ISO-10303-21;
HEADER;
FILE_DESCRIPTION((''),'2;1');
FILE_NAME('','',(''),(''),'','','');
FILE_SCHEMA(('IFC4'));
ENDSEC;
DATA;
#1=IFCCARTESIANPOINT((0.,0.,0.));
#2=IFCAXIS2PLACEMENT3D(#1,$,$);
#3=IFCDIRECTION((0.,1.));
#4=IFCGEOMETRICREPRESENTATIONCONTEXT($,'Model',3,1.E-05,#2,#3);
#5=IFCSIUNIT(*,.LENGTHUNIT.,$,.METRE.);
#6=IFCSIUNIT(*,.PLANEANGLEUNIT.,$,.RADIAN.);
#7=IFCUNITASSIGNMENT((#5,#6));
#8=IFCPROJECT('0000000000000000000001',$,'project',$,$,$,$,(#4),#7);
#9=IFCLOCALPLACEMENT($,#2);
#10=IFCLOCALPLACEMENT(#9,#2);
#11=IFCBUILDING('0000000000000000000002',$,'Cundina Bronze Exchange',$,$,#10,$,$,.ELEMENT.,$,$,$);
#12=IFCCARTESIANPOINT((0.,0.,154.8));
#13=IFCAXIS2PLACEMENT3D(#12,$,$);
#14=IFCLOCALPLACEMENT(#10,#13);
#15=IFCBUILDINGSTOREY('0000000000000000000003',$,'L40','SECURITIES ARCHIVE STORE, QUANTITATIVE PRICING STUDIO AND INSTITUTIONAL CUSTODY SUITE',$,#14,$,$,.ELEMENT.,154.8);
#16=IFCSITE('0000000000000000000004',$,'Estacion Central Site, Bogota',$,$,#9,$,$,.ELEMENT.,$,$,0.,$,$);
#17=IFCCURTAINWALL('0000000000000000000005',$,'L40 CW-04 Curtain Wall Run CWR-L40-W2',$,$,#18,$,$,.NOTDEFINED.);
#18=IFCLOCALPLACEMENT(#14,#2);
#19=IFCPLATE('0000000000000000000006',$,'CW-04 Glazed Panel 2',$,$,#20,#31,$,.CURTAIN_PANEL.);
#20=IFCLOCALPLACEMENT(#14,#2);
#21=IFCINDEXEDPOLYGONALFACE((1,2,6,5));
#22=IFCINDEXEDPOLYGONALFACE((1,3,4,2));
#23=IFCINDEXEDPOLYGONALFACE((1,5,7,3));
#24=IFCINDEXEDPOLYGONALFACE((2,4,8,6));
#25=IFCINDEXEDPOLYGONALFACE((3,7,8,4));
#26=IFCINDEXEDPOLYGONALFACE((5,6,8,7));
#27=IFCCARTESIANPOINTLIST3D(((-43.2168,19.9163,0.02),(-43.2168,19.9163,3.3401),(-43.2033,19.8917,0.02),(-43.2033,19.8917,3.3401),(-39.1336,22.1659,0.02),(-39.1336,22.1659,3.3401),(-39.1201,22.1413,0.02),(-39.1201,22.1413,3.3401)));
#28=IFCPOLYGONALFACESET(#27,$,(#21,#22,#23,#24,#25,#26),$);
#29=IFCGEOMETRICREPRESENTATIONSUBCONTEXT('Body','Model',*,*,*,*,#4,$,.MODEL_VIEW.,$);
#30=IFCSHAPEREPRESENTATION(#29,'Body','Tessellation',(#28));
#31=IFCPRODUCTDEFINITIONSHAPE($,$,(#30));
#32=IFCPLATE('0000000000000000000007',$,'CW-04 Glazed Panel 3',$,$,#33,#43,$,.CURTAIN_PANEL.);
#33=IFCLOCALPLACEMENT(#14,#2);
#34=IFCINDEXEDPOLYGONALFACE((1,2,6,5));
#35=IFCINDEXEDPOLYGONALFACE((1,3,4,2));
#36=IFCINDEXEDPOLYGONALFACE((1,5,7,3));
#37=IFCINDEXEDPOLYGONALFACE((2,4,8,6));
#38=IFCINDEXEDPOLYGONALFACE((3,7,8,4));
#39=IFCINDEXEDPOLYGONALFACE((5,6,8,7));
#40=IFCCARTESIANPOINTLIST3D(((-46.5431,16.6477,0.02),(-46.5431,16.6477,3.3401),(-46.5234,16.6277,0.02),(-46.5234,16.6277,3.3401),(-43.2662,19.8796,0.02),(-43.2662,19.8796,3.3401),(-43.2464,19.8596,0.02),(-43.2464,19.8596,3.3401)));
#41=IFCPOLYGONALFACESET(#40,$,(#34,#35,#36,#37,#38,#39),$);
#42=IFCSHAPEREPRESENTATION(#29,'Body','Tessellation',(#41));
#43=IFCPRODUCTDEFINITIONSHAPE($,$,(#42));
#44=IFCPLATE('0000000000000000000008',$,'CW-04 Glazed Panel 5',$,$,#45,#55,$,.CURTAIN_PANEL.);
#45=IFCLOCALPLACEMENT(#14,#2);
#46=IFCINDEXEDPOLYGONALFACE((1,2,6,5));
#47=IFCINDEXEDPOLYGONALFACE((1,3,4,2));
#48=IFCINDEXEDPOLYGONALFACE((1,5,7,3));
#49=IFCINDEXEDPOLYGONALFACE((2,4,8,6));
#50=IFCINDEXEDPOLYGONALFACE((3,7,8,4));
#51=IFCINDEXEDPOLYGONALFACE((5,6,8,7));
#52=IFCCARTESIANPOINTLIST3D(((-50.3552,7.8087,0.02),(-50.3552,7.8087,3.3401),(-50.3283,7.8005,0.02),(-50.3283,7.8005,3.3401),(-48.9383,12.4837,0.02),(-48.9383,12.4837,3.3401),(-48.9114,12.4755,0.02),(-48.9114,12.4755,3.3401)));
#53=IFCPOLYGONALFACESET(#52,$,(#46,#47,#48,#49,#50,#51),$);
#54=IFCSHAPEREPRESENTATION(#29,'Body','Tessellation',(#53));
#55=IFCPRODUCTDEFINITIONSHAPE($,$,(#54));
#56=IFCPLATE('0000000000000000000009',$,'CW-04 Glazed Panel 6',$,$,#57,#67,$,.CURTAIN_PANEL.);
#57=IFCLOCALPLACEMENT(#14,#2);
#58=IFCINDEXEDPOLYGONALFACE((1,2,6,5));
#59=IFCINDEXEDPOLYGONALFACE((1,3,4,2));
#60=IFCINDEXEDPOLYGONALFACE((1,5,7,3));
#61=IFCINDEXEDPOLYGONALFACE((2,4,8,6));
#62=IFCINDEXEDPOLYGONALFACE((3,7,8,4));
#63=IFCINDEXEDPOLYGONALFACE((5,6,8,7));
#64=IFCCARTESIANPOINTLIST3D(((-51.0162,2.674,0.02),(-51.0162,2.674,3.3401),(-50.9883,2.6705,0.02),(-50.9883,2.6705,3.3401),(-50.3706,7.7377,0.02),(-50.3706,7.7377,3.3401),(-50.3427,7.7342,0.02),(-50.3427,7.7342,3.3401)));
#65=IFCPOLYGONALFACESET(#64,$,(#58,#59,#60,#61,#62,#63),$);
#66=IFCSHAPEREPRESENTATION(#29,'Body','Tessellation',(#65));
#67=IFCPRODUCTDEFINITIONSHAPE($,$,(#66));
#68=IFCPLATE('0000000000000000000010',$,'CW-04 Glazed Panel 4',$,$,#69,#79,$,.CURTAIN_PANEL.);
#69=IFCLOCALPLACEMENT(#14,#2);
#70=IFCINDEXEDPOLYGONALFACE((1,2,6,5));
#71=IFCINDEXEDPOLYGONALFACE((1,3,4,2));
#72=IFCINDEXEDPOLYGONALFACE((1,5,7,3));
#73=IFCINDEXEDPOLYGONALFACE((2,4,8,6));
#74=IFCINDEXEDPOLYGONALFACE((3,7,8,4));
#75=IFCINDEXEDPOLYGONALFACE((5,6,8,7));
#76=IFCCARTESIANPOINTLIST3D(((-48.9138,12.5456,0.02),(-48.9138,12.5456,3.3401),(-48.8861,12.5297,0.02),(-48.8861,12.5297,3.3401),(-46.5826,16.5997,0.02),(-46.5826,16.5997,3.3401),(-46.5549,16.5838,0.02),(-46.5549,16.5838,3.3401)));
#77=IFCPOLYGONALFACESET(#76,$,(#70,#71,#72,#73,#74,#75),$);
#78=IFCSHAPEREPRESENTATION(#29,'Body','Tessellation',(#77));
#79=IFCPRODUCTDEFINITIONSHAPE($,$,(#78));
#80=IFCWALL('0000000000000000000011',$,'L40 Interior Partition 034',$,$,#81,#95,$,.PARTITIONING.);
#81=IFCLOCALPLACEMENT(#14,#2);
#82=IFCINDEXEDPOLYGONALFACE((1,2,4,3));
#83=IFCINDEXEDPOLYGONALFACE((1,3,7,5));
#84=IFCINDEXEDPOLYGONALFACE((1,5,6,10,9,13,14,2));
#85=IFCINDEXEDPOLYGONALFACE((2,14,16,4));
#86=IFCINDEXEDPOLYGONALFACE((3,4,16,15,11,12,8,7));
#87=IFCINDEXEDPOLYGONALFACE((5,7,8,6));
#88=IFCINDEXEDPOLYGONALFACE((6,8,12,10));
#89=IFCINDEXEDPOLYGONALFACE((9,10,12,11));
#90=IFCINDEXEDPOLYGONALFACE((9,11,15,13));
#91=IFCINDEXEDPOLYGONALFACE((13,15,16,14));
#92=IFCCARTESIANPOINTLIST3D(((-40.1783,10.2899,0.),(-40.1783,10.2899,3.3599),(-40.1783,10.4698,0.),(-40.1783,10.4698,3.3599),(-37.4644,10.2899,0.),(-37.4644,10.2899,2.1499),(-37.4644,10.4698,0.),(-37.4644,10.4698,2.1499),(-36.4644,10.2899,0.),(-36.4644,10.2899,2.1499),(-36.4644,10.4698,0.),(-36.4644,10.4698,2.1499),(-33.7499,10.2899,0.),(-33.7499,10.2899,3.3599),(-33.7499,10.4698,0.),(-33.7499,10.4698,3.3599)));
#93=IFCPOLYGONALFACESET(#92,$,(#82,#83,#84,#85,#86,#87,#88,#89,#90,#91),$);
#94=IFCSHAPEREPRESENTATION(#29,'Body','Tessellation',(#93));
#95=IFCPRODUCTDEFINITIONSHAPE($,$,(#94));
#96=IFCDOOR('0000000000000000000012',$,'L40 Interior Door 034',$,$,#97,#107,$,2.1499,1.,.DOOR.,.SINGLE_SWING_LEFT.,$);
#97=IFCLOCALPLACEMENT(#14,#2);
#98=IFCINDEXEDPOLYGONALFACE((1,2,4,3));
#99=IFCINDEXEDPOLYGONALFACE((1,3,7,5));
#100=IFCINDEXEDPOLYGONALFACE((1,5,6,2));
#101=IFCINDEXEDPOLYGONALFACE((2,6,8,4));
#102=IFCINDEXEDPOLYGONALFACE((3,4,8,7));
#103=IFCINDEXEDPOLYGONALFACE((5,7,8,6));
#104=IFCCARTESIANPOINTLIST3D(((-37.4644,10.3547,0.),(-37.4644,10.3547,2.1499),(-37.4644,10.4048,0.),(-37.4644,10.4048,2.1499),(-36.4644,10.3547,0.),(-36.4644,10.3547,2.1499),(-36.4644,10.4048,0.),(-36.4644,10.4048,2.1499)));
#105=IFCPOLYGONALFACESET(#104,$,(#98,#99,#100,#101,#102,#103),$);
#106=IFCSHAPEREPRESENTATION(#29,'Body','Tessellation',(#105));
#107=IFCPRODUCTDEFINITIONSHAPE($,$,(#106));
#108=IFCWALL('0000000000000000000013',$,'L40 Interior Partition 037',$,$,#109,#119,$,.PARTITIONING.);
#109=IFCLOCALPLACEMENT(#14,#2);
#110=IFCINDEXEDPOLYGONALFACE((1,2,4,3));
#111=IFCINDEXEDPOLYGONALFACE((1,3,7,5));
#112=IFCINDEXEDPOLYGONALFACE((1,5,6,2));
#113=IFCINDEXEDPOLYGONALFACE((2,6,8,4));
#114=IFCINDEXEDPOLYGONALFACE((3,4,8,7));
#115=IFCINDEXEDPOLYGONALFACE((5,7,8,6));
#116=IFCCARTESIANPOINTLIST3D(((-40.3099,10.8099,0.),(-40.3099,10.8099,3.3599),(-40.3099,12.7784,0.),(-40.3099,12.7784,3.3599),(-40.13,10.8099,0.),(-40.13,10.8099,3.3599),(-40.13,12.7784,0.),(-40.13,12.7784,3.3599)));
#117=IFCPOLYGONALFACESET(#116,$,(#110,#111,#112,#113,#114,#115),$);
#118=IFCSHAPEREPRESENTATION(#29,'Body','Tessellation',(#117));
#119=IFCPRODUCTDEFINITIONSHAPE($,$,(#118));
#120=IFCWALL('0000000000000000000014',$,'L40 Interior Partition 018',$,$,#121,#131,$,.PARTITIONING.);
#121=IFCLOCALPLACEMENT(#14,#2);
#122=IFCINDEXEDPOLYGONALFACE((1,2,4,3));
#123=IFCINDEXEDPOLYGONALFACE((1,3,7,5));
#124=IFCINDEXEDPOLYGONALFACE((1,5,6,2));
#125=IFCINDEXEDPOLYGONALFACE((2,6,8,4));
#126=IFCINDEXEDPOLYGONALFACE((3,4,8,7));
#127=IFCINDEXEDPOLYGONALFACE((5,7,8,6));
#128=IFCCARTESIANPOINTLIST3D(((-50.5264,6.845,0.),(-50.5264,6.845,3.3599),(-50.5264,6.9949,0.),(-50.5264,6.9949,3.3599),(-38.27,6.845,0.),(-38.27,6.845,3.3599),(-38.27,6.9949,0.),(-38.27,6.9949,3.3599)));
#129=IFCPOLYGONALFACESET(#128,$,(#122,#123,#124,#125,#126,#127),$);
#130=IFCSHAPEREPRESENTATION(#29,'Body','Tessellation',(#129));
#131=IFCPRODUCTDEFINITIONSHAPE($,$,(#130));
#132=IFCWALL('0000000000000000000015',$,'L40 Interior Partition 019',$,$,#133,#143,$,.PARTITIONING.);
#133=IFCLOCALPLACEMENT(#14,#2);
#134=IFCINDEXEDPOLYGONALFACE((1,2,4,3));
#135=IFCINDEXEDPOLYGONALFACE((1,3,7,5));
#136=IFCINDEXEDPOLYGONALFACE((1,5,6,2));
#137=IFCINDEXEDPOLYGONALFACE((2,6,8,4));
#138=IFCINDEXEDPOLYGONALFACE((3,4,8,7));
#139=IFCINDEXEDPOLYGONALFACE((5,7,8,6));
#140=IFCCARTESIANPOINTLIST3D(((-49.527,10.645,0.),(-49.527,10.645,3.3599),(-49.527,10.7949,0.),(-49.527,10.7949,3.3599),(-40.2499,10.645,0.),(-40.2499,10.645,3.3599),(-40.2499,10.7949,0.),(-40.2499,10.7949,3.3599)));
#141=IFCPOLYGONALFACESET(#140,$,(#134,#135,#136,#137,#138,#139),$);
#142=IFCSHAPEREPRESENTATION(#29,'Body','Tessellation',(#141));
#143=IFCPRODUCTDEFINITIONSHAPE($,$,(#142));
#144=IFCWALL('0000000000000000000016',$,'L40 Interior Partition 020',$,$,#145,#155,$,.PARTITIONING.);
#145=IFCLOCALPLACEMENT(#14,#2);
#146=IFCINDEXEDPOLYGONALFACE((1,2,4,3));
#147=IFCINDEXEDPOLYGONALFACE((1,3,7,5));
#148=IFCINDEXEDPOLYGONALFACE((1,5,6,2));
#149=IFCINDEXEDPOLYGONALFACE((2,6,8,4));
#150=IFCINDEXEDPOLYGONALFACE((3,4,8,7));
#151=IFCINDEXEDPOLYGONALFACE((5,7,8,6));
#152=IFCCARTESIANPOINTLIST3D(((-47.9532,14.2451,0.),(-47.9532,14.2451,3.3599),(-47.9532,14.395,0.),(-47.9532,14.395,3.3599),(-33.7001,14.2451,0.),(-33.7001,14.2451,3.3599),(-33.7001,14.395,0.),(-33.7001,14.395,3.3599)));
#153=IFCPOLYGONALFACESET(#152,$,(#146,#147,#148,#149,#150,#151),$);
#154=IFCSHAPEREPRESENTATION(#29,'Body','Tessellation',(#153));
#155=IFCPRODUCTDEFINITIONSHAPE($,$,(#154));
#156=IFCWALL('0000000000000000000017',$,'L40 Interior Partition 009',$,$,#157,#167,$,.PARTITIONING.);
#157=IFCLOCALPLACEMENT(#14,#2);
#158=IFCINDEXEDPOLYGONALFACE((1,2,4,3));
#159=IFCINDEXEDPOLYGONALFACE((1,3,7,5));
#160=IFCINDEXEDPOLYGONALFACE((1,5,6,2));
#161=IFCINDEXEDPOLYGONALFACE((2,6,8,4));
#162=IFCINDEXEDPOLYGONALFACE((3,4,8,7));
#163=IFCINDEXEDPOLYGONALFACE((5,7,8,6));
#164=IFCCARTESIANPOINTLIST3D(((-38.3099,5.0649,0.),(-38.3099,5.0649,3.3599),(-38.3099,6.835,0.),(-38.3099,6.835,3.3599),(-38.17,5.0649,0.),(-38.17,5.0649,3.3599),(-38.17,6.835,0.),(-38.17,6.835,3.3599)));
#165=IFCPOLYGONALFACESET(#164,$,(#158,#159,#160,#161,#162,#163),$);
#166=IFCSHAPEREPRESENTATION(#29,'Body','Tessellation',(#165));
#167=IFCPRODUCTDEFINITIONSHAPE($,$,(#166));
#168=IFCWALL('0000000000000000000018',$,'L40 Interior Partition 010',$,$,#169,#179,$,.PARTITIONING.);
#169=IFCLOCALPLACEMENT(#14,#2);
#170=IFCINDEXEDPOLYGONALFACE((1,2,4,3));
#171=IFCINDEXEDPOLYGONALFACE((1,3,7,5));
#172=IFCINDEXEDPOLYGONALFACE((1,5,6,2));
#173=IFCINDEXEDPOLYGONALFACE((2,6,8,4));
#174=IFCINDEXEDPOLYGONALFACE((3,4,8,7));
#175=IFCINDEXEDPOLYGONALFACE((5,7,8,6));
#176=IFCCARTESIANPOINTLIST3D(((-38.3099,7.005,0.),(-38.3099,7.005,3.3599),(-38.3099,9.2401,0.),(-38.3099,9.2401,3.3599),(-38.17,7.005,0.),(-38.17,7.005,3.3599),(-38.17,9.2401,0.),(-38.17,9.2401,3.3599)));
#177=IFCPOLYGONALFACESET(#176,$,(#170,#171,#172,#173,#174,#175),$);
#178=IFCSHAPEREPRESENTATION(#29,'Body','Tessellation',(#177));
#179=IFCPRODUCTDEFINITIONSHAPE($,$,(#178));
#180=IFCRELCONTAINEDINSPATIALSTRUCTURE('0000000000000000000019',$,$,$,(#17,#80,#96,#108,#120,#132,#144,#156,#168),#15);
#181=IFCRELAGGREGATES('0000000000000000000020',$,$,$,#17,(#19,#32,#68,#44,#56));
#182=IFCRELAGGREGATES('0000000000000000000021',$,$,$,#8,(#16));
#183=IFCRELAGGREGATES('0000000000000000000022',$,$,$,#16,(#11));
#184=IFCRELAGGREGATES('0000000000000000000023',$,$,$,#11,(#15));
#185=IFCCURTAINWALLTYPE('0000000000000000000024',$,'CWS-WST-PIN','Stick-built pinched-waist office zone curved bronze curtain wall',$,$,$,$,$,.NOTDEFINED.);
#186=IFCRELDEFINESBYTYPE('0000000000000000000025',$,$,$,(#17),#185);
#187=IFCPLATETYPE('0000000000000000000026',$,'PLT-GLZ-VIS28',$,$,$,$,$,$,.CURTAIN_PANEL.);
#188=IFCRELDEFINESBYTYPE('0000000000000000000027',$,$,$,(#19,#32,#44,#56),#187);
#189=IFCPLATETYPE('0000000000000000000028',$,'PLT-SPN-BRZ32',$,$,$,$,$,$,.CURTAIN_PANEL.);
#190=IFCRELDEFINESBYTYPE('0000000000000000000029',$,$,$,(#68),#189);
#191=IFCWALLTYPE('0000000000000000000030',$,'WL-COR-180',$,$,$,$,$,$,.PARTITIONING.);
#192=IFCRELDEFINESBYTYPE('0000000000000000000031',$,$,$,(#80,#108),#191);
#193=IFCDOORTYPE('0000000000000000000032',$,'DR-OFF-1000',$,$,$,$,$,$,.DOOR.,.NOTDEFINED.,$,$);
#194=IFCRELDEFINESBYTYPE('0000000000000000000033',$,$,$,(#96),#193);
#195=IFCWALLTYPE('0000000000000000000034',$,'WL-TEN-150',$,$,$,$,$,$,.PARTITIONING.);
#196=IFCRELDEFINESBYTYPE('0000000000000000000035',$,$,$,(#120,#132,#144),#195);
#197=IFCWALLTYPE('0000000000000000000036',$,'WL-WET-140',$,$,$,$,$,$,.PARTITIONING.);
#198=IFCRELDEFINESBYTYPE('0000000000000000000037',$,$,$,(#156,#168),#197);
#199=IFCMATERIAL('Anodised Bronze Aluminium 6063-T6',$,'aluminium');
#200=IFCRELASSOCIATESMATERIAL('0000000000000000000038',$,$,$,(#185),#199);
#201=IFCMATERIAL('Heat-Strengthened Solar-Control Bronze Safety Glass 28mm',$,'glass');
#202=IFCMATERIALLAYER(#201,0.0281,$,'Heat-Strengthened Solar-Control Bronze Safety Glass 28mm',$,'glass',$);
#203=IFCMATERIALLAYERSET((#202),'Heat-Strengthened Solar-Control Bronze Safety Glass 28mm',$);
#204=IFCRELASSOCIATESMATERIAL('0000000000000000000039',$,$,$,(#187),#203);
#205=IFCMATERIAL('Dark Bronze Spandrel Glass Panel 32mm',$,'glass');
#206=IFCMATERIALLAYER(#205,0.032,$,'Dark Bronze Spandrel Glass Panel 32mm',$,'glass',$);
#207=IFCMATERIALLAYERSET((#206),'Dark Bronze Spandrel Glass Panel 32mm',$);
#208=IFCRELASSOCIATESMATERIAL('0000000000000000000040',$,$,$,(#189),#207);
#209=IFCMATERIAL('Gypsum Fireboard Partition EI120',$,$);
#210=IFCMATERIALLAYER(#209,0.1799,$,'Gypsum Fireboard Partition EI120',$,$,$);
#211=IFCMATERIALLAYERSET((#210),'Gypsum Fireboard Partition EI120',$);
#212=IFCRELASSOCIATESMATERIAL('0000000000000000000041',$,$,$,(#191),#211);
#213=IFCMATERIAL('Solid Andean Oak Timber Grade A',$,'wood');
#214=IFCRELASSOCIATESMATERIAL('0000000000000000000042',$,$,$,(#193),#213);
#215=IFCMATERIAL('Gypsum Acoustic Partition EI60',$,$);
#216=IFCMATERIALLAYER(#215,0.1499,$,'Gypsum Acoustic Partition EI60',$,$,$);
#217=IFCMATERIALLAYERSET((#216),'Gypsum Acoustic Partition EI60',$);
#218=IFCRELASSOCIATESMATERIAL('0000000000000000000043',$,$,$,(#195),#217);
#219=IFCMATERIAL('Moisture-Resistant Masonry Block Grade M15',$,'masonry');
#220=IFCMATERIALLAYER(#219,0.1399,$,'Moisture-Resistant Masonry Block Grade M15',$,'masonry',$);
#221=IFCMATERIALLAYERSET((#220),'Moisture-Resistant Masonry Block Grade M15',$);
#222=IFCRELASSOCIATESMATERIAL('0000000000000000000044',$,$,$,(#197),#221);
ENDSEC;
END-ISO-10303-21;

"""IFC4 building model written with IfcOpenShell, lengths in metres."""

from ifc_helpers import new_model, si_unit, direction, frame, frame_2d, origin, origin_2d, place, context, subcontext, project, spatial, rectangle, extrude, material, layer, layer_set, type_object, element, fill, aggregate, save


model = new_model("IFC4")

# Units and contexts
model_context = context("Model", 3, precision=1e-05, world=origin(), true_north=direction((0.0, 1.0)))
body_context = subcontext(model_context, "Body", "Model", "MODEL_VIEW")
ifc_project = project(units=[si_unit("LENGTHUNIT", "METRE"), si_unit("PLANEANGLEUNIT", "RADIAN")], contexts=[model_context])

# Site, building, storey
site_placement = place(None, origin())
site = spatial("IfcSite", under=ifc_project, at=site_placement, Name="Estacion Central Site, Bogota", CompositionType="ELEMENT", RefElevation=0.0)
building_placement = place(site_placement, origin())
building = spatial("IfcBuilding", under=site, at=building_placement, Name="Cundina Bronze Exchange", CompositionType="ELEMENT")
storey_placement = place(building_placement, frame((0.0, 0.0, 154.8)))
storey = spatial("IfcBuildingStorey", under=building, at=storey_placement, Name="L40", Description="SECURITIES ARCHIVE STORE, QUANTITATIVE PRICING STUDIO AND INSTITUTIONAL CUSTODY SUITE", CompositionType="ELEMENT", Elevation=154.8)

# Curtain wall, plates
ifc_material_1 = material(Name="Anodised Bronze Aluminium 6063-T6", Category="aluminium")
curtain_wall_type = type_object("IfcCurtainWallType", Name="CWS-WST-PIN", Description="Stick-built pinched-waist office zone curved bronze curtain wall", PredefinedType="NOTDEFINED", material=ifc_material_1)
curtain_wall_placement = place(storey_placement, origin())
curtain_wall = element("IfcCurtainWall", 1, at=curtain_wall_placement, inside=storey, type_object=curtain_wall_type, Name="L40 CW-04 Curtain Wall Run CWR-L40-W2", PredefinedType="NOTDEFINED")
ifc_material_2 = material(Name="Heat-Strengthened Solar-Control Bronze Safety Glass 28mm", Category="glass")
ifc_layer_1 = layer(ifc_material_2, 0.0281, Name="Heat-Strengthened Solar-Control Bronze Safety Glass 28mm", Category="glass")
ifc_layer_set_1 = layer_set([ifc_layer_1], Name="Heat-Strengthened Solar-Control Bronze Safety Glass 28mm")
plate_type_1 = type_object("IfcPlateType", Name="PLT-GLZ-VIS28", PredefinedType="CURTAIN_PANEL", material=ifc_layer_set_1)
plate_1_placement = place(storey_placement, frame((-41.1685, 21.0288, 0.02), z_axis=(0.0, 0.0, 1.0), x_axis=(-0.875869, -0.482549, 0.0)))
plate_1 = element("IfcPlate", 2, at=plate_1_placement, type_object=plate_type_1, Name="CW-04 Glazed Panel 2", PredefinedType="CURTAIN_PANEL", context=body_context, shape_type="SweptSolid", body=[
    extrude(rectangle(XDim=4.6619, YDim=0.0281, at=origin_2d()), origin(), (0.0, 0.0, 1.0), 3.3201),
])
plate_2_placement = place(storey_placement, frame((-44.8948, 18.2537, 0.02), z_axis=(0.0, 0.0, 1.0), x_axis=(-0.711989, -0.70219, 0.0)))
plate_2 = element("IfcPlate", 3, at=plate_2_placement, type_object=plate_type_1, Name="CW-04 Glazed Panel 3", PredefinedType="CURTAIN_PANEL", context=body_context, shape_type="SweptSolid", body=[
    extrude(rectangle(XDim=4.6025, YDim=0.0281, at=origin_2d()), origin(), (0.0, 0.0, 1.0), 3.3201),
])
plate_3_placement = place(storey_placement, frame((-49.6333, 10.1421, 0.02), z_axis=(0.0, 0.0, 1.0), x_axis=(-0.290051, -0.957011, 0.0)))
plate_3 = element("IfcPlate", 4, at=plate_3_placement, type_object=plate_type_1, Name="CW-04 Glazed Panel 5", PredefinedType="CURTAIN_PANEL", context=body_context, shape_type="SweptSolid", body=[
    extrude(rectangle(XDim=4.885, YDim=0.0281, at=origin_2d()), origin(), (0.0, 0.0, 1.0), 3.3201),
])
plate_4_placement = place(storey_placement, frame((-50.6794, 5.2041, 0.02), z_axis=(0.0, 0.0, 1.0), x_axis=(-0.126476, -0.99197, 0.0)))
plate_4 = element("IfcPlate", 5, at=plate_4_placement, type_object=plate_type_1, Name="CW-04 Glazed Panel 6", PredefinedType="CURTAIN_PANEL", context=body_context, shape_type="SweptSolid", body=[
    extrude(rectangle(XDim=5.1047, YDim=0.0281, at=origin_2d()), origin(), (0.0, 0.0, 1.0), 3.3201),
])
ifc_material_3 = material(Name="Dark Bronze Spandrel Glass Panel 32mm", Category="glass")
ifc_layer_2 = layer(ifc_material_3, 0.032, Name="Dark Bronze Spandrel Glass Panel 32mm", Category="glass")
ifc_layer_set_2 = layer_set([ifc_layer_2], Name="Dark Bronze Spandrel Glass Panel 32mm")
plate_type_2 = type_object("IfcPlateType", Name="PLT-SPN-BRZ32", PredefinedType="CURTAIN_PANEL", material=ifc_layer_set_2)
plate_5_placement = place(storey_placement, frame((-47.7344, 14.5647, 0.02), z_axis=(0.0, 0.0, 1.0), x_axis=(-0.498488, -0.866897, 0.0)))
plate_5 = element("IfcPlate", 6, at=plate_5_placement, type_object=plate_type_2, Name="CW-04 Glazed Panel 4", PredefinedType="CURTAIN_PANEL", context=body_context, shape_type="SweptSolid", body=[
    extrude(rectangle(XDim=4.6765, YDim=0.032, at=origin_2d()), origin(), (0.0, 0.0, 1.0), 3.3201),
])
aggregate(curtain_wall, [plate_1, plate_2, plate_5, plate_3, plate_4])

# Wall, opening, door
ifc_material_4 = material(Name="Gypsum Fireboard Partition EI120")
ifc_layer_3 = layer(ifc_material_4, 0.1799, Name="Gypsum Fireboard Partition EI120")
ifc_layer_set_3 = layer_set([ifc_layer_3], Name="Gypsum Fireboard Partition EI120")
wall_type_1 = type_object("IfcWallType", Name="WL-COR-180", PredefinedType="PARTITIONING", material=ifc_layer_set_3)
wall_1_placement = place(storey_placement, frame((-40.1785, 10.3799, 0.0), z_axis=(0.0, 0.0, 1.0), x_axis=(1.0, 0.0, 0.0)))
wall_1 = element("IfcWall", 7, at=wall_1_placement, inside=storey, type_object=wall_type_1, Name="L40 Interior Partition 034", PredefinedType="PARTITIONING", context=body_context, shape_type="SweptSolid", body=[
    extrude(rectangle(XDim=6.4285, YDim=0.1799, at=frame_2d((3.2144, 0.0))), origin(), (0.0, 0.0, 1.0), 3.3599),
])
opening_placement = place(wall_1_placement, frame((2.7141, 0.0, 0.0)))
opening = element("IfcOpeningElement", 8, at=opening_placement, cuts=wall_1, PredefinedType="OPENING", context=body_context, shape_type="SweptSolid", body=[
    extrude(rectangle(XDim=1.0, YDim=2.1499, at=frame_2d((0.5, 1.075))), frame((0.0, 0.0999, 0.0), z_axis=(0.0, -1.0, 0.0), x_axis=(1.0, 0.0, 0.0)), (0.0, 0.0, 1.0), 0.2),
])
ifc_material_5 = material(Name="Solid Andean Oak Timber Grade A", Category="wood")
door_type = type_object("IfcDoorType", Name="DR-OFF-1000", OperationType="NOTDEFINED", PredefinedType="DOOR", material=ifc_material_5)
door_placement = place(opening_placement, origin())
door = element("IfcDoor", 9, at=door_placement, inside=storey, type_object=door_type, Name="L40 Interior Door 034", OperationType="SINGLE_SWING_LEFT", OverallHeight=2.1499, OverallWidth=1.0, PredefinedType="DOOR", context=body_context, shape_type="SweptSolid", body=[
    extrude(rectangle(XDim=1.0, YDim=2.1499, at=frame_2d((0.5, 1.075))), frame((0.0, 0.0249, 0.0), z_axis=(0.0, -1.0, 0.0), x_axis=(1.0, 0.0, 0.0)), (0.0, 0.0, 1.0), 0.05),
])
fill(opening, door)

# Walls
wall_2_placement = place(storey_placement, frame((-40.22, 12.7786, 0.0), z_axis=(0.0, 0.0, 1.0), x_axis=(0.0, -1.0, 0.0)))
element("IfcWall", 10, at=wall_2_placement, inside=storey, type_object=wall_type_1, Name="L40 Interior Partition 037", PredefinedType="PARTITIONING", context=body_context, shape_type="SweptSolid", body=[
    extrude(rectangle(XDim=1.9685, YDim=0.1799, at=frame_2d((0.9844, 0.0))), origin(), (0.0, 0.0, 1.0), 3.3599),
])
ifc_material_6 = material(Name="Gypsum Acoustic Partition EI60")
ifc_layer_4 = layer(ifc_material_6, 0.1499, Name="Gypsum Acoustic Partition EI60")
ifc_layer_set_4 = layer_set([ifc_layer_4], Name="Gypsum Acoustic Partition EI60")
wall_type_2 = type_object("IfcWallType", Name="WL-TEN-150", PredefinedType="PARTITIONING", material=ifc_layer_set_4)
wall_3_placement = place(storey_placement, frame((-50.5264, 6.9199, 0.0), z_axis=(0.0, 0.0, 1.0), x_axis=(1.0, 0.0, 0.0)))
element("IfcWall", 11, at=wall_3_placement, inside=storey, type_object=wall_type_2, Name="L40 Interior Partition 018", PredefinedType="PARTITIONING", context=body_context, shape_type="SweptSolid", body=[
    extrude(rectangle(XDim=12.2563, YDim=0.1499, at=frame_2d((6.1282, 0.0))), origin(), (0.0, 0.0, 1.0), 3.3599),
])
wall_4_placement = place(storey_placement, frame((-49.5271, 10.72, 0.0), z_axis=(0.0, 0.0, 1.0), x_axis=(1.0, 0.0, 0.0)))
element("IfcWall", 12, at=wall_4_placement, inside=storey, type_object=wall_type_2, Name="L40 Interior Partition 019", PredefinedType="PARTITIONING", context=body_context, shape_type="SweptSolid", body=[
    extrude(rectangle(XDim=9.2771, YDim=0.1499, at=frame_2d((4.6387, 0.0))), origin(), (0.0, 0.0, 1.0), 3.3599),
])
wall_5_placement = place(storey_placement, frame((-47.9531, 14.3201, 0.0), z_axis=(0.0, 0.0, 1.0), x_axis=(1.0, 0.0, 0.0)))
element("IfcWall", 13, at=wall_5_placement, inside=storey, type_object=wall_type_2, Name="L40 Interior Partition 020", PredefinedType="PARTITIONING", context=body_context, shape_type="SweptSolid", body=[
    extrude(rectangle(XDim=14.2532, YDim=0.1499, at=frame_2d((7.1265, 0.0))), origin(), (0.0, 0.0, 1.0), 3.3599),
])
ifc_material_7 = material(Name="Moisture-Resistant Masonry Block Grade M15", Category="masonry")
ifc_layer_5 = layer(ifc_material_7, 0.1399, Name="Moisture-Resistant Masonry Block Grade M15", Category="masonry")
ifc_layer_set_5 = layer_set([ifc_layer_5], Name="Moisture-Resistant Masonry Block Grade M15")
wall_type_3 = type_object("IfcWallType", Name="WL-WET-140", PredefinedType="PARTITIONING", material=ifc_layer_set_5)
wall_6_placement = place(storey_placement, frame((-38.24, 5.0649, 0.0), z_axis=(0.0, 0.0, 1.0), x_axis=(0.0, 1.0, 0.0)))
element("IfcWall", 14, at=wall_6_placement, inside=storey, type_object=wall_type_3, Name="L40 Interior Partition 009", PredefinedType="PARTITIONING", context=body_context, shape_type="SweptSolid", body=[
    extrude(rectangle(XDim=1.77, YDim=0.1399, at=frame_2d((0.885, 0.0))), origin(), (0.0, 0.0, 1.0), 3.3599),
])
wall_7_placement = place(storey_placement, frame((-38.24, 7.0049, 0.0), z_axis=(0.0, 0.0, 1.0), x_axis=(0.0, 1.0, 0.0)))
element("IfcWall", 15, at=wall_7_placement, inside=storey, type_object=wall_type_3, Name="L40 Interior Partition 010", PredefinedType="PARTITIONING", context=body_context, shape_type="SweptSolid", body=[
    extrude(rectangle(XDim=2.2351, YDim=0.1399, at=frame_2d((1.1177, 0.0))), origin(), (0.0, 0.0, 1.0), 3.3599),
])

save(model, "model.ifc")
